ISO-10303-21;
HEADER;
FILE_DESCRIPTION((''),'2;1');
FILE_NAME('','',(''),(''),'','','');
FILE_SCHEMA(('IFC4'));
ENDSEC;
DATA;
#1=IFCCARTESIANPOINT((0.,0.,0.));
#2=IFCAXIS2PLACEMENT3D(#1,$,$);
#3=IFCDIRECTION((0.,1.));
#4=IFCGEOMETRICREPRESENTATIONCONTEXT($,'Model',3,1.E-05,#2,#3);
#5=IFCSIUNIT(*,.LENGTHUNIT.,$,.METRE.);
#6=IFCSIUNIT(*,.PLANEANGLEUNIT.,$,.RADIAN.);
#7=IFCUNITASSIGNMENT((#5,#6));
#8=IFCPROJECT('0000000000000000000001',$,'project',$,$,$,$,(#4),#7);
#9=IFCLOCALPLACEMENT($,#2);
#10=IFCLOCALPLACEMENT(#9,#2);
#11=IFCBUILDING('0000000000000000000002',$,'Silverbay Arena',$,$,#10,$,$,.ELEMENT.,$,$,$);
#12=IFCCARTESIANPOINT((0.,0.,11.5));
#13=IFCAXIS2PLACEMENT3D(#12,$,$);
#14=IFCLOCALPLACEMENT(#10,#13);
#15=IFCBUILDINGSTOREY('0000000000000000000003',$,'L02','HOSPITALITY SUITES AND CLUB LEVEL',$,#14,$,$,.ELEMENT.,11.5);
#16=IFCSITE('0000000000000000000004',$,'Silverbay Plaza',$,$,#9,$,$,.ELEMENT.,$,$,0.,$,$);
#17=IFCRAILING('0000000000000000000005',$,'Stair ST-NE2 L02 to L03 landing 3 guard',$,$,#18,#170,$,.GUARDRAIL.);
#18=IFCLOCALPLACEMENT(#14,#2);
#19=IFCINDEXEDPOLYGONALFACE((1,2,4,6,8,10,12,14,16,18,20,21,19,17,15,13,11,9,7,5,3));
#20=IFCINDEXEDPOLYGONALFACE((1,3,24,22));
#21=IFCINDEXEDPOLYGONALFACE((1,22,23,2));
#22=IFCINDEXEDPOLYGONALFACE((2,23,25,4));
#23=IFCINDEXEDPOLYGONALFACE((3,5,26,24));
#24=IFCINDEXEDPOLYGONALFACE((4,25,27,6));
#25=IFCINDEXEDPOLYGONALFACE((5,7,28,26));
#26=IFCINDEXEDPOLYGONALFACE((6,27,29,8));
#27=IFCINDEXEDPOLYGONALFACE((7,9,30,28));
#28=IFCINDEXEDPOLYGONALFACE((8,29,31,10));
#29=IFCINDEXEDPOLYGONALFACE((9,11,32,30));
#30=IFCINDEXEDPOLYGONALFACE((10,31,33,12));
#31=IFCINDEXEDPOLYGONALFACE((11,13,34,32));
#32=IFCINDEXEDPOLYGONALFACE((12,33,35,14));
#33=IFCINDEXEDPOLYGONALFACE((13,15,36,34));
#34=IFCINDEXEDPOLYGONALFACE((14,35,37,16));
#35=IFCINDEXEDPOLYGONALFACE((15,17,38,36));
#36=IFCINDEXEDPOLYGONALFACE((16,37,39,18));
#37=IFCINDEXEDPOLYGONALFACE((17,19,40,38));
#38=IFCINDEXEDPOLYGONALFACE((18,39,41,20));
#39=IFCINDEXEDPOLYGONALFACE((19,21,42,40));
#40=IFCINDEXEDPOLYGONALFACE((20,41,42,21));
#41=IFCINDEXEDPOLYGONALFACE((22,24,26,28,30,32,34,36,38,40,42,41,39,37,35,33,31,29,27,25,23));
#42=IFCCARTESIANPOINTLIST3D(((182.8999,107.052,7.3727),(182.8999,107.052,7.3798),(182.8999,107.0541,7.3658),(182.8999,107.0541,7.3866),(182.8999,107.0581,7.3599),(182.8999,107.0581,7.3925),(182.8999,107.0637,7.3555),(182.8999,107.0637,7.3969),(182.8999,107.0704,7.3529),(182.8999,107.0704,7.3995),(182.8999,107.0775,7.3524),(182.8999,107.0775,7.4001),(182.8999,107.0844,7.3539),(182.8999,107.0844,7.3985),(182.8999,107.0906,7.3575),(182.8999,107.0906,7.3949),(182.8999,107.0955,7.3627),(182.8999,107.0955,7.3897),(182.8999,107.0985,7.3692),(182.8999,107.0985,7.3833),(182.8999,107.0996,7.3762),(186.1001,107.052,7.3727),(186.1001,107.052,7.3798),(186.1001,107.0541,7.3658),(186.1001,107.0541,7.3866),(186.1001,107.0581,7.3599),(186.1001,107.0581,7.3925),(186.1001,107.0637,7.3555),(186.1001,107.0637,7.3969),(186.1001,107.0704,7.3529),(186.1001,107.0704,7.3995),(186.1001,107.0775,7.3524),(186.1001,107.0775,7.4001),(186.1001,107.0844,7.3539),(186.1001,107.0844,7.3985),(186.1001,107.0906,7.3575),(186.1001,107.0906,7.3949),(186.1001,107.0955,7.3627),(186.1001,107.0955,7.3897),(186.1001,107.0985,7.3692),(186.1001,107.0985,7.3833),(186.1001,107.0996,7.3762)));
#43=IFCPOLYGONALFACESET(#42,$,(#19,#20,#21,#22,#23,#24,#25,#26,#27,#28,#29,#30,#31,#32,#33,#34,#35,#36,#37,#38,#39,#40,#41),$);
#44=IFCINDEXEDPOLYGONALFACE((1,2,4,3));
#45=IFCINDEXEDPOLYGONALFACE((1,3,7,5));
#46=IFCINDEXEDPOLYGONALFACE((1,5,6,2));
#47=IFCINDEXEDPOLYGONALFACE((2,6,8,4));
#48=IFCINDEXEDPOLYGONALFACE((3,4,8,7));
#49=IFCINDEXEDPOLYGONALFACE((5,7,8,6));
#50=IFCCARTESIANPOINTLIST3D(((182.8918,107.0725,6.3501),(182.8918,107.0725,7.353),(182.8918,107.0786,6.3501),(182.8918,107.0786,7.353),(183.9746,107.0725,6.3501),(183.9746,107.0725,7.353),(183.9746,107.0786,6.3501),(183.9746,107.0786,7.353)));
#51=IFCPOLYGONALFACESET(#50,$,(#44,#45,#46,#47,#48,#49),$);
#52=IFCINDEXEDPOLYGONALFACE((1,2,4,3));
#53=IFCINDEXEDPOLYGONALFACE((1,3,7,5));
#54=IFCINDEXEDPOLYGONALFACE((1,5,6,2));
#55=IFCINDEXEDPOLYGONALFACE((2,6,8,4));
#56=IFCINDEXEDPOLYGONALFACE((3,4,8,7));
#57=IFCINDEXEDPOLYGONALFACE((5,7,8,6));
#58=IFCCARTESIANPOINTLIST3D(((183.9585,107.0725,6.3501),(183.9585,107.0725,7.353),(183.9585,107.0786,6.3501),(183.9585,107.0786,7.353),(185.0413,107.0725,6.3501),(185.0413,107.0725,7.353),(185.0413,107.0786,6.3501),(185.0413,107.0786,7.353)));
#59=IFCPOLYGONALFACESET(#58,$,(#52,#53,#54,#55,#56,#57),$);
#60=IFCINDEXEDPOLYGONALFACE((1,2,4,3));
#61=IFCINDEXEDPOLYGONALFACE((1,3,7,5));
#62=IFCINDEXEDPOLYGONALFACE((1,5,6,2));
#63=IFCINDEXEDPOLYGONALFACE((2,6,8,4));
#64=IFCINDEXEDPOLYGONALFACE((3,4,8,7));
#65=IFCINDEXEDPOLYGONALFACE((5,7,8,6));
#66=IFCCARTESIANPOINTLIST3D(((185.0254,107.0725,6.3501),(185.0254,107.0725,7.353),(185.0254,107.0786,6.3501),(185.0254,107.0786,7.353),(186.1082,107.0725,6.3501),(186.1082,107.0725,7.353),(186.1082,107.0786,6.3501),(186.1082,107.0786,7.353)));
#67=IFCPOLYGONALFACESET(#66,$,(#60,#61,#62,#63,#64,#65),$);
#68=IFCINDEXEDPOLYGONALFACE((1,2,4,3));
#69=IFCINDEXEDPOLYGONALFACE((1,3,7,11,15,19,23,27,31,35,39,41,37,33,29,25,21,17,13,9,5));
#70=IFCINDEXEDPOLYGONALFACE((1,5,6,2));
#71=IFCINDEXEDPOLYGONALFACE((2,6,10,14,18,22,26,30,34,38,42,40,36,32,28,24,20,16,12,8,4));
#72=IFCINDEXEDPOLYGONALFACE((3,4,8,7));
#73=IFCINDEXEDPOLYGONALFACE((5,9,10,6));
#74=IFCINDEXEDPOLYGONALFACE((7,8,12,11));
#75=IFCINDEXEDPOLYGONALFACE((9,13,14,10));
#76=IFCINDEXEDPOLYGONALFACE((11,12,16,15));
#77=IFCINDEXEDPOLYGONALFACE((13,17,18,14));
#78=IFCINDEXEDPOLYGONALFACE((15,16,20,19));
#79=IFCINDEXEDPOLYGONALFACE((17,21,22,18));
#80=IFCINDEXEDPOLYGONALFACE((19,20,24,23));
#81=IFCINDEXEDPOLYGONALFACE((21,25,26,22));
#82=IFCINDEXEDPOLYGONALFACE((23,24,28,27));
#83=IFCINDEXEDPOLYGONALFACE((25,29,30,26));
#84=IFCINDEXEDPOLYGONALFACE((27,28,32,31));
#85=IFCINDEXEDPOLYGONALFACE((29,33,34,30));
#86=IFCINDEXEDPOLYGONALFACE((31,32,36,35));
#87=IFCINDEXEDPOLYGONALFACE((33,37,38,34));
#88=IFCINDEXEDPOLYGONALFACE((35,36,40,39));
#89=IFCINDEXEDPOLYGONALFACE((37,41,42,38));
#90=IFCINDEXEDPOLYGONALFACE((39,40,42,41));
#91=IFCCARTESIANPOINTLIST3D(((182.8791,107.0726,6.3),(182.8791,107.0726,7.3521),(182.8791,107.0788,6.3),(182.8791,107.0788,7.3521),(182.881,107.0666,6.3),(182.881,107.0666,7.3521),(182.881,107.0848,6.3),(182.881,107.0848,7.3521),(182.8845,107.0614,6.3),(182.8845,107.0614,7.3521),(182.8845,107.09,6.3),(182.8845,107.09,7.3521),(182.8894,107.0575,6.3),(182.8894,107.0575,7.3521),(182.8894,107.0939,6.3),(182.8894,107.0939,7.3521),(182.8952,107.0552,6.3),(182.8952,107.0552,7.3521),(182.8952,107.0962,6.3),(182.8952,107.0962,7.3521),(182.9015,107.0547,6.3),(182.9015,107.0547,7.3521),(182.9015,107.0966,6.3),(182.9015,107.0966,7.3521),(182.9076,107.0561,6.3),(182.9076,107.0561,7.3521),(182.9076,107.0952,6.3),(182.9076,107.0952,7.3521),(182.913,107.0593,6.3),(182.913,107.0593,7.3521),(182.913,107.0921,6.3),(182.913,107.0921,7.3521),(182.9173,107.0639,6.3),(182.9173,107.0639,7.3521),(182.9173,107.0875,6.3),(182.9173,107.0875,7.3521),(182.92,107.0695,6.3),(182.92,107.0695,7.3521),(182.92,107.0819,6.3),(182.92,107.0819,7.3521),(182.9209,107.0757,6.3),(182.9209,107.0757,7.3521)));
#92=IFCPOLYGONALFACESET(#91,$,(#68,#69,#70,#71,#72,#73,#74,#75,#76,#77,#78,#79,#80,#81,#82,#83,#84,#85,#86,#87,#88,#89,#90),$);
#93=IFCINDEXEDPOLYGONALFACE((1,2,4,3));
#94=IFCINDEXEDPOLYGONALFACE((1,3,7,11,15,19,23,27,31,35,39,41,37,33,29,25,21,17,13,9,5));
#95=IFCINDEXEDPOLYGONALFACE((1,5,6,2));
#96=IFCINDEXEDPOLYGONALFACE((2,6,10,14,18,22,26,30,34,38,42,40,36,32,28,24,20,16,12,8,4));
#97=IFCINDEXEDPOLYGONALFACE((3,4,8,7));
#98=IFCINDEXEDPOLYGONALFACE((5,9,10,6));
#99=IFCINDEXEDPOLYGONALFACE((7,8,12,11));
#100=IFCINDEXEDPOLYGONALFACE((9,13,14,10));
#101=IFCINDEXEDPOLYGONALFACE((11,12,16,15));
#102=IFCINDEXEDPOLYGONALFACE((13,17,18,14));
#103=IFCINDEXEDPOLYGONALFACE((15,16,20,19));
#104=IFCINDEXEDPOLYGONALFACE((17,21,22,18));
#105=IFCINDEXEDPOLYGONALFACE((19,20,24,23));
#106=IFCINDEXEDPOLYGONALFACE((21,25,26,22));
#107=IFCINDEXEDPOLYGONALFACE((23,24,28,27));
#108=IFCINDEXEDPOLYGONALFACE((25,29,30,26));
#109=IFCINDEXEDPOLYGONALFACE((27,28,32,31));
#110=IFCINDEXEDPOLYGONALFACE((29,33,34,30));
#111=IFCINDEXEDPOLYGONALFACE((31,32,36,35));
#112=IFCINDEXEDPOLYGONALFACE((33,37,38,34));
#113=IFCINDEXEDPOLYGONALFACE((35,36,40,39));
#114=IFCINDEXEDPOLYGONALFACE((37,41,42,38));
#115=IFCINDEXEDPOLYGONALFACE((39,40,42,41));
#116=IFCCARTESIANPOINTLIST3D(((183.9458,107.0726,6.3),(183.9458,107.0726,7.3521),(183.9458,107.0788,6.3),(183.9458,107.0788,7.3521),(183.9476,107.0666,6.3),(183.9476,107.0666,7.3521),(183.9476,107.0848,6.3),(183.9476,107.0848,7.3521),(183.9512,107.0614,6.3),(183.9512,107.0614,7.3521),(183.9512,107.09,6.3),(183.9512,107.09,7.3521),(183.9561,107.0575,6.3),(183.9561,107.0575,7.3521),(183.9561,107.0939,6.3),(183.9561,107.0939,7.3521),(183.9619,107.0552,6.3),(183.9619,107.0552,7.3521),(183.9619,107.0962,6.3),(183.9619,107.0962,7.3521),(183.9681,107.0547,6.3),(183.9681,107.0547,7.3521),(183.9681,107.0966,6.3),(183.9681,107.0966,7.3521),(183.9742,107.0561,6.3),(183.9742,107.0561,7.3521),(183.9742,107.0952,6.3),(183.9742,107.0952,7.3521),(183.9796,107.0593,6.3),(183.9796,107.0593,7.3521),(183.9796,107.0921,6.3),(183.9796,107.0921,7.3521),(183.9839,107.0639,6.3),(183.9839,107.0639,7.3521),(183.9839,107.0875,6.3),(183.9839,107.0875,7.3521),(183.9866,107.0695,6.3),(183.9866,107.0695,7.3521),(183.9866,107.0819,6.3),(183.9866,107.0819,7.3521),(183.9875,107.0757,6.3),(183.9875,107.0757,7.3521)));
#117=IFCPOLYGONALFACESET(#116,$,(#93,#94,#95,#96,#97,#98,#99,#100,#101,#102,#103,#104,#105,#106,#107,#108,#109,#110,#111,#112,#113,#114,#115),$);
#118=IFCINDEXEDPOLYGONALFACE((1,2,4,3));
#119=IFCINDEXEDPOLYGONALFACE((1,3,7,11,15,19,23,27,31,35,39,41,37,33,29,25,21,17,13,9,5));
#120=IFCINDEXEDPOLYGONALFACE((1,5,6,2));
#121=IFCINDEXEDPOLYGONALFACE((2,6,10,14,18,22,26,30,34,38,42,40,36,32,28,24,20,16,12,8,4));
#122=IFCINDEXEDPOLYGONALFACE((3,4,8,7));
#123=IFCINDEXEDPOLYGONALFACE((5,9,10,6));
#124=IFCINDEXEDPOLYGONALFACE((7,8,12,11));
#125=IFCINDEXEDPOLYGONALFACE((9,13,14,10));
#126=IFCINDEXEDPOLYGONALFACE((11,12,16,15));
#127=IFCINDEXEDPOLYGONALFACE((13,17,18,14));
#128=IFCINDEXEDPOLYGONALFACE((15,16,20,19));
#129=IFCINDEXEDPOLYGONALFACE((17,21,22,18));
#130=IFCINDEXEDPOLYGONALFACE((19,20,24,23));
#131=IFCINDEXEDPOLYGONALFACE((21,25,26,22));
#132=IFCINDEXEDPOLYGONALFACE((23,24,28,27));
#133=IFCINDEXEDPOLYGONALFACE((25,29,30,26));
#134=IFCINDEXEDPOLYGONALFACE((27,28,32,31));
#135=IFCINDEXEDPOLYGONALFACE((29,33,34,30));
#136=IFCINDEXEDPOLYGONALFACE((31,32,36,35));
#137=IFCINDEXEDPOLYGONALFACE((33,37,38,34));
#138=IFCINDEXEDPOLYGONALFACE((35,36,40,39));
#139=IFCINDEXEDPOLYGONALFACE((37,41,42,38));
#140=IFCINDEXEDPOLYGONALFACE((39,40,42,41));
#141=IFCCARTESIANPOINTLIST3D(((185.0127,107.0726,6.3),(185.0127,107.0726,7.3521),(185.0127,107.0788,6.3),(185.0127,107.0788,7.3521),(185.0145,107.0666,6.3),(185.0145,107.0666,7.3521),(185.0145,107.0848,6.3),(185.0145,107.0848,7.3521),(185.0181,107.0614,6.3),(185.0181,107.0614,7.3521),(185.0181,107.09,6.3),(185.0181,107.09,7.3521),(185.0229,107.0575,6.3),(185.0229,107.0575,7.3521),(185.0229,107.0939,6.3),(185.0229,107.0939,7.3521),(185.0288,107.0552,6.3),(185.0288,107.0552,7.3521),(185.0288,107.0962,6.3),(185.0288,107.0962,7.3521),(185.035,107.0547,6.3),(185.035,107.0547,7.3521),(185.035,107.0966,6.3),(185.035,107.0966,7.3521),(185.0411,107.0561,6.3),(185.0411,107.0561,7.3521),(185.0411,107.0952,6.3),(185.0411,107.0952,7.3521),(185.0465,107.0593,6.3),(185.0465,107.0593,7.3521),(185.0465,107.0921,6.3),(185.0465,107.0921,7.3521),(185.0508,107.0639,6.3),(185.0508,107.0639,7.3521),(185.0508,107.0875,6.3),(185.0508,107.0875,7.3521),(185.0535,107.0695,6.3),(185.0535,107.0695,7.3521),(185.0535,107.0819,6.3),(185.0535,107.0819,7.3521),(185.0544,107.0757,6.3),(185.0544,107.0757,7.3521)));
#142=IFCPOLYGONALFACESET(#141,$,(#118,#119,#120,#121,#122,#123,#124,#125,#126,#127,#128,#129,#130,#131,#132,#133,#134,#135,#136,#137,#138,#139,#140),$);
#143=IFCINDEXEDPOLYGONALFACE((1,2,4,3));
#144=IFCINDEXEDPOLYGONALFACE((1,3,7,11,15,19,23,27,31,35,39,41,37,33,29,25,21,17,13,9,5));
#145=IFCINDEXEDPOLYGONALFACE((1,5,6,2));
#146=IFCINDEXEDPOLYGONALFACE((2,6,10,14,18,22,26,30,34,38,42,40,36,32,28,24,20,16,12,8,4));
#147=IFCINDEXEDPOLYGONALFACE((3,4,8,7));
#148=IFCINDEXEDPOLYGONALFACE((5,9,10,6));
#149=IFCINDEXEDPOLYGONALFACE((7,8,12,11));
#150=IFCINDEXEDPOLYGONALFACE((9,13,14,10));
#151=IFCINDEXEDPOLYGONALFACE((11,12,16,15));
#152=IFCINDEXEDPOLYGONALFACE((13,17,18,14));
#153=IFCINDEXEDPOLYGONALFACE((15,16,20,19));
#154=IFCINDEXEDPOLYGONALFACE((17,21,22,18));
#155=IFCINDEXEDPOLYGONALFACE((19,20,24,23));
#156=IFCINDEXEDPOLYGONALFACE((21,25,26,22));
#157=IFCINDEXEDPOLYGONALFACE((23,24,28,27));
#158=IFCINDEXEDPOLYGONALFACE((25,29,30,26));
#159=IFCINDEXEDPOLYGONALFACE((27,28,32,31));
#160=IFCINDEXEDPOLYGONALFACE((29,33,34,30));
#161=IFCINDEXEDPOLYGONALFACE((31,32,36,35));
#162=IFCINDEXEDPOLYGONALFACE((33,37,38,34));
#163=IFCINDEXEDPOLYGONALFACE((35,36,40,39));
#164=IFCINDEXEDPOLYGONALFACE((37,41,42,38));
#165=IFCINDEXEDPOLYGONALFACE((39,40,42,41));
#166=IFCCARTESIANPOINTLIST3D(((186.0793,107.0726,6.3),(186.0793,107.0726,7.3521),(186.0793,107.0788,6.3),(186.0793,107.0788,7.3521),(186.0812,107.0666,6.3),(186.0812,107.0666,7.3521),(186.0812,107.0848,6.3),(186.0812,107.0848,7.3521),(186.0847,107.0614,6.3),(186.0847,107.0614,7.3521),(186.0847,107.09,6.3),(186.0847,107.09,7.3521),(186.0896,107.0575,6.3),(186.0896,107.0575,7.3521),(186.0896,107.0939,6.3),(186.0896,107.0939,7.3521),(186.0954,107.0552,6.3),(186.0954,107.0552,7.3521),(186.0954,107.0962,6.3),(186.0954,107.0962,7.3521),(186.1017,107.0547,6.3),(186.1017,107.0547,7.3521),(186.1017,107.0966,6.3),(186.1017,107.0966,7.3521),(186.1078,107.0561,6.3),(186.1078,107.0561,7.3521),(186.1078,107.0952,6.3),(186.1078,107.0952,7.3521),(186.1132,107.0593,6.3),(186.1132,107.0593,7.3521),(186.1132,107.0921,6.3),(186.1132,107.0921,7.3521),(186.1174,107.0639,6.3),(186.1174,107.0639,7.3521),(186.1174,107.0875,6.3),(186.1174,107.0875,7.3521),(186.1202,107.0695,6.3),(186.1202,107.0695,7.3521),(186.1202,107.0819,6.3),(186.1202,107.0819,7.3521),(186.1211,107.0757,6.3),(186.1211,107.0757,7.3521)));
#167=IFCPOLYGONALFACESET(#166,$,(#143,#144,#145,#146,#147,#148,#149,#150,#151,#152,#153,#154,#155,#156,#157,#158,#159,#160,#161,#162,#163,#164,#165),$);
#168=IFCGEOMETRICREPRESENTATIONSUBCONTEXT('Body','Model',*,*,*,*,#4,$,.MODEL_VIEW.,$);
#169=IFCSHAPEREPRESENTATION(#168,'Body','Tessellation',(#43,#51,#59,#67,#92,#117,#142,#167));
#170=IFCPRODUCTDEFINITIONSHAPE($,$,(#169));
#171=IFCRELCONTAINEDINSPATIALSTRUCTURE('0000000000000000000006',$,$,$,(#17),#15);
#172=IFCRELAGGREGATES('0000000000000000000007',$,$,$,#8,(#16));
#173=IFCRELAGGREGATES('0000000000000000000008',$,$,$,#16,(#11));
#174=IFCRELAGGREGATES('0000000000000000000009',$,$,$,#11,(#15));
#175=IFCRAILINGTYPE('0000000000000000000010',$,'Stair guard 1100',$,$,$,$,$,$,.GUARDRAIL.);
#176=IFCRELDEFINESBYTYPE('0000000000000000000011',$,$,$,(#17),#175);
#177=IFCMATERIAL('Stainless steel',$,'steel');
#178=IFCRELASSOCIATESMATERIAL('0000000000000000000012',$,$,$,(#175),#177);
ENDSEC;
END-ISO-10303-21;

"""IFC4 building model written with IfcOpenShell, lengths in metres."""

from ifc_helpers import new_model, si_unit, direction, frame, origin, origin_2d, place, context, subcontext, project, spatial, polyline, circle, outline, extrude, material, type_object, element, save


model = new_model("IFC4")

# Units and contexts
model_context = context("Model", 3, precision=1e-05, world=origin(), true_north=direction((0.0, 1.0)))
body_context = subcontext(model_context, "Body", "Model", "MODEL_VIEW")
ifc_project = project(units=[si_unit("LENGTHUNIT", "METRE"), si_unit("PLANEANGLEUNIT", "RADIAN")], contexts=[model_context])

# Site, building, storey
site_placement = place(None, origin())
site = spatial("IfcSite", under=ifc_project, at=site_placement, Name="Silverbay Plaza", CompositionType="ELEMENT", RefElevation=0.0)
building_placement = place(site_placement, origin())
building = spatial("IfcBuilding", under=site, at=building_placement, Name="Silverbay Arena", CompositionType="ELEMENT")
storey_placement = place(building_placement, frame((0.0, 0.0, 11.5)))
storey = spatial("IfcBuildingStorey", under=building, at=storey_placement, Name="L02", Description="HOSPITALITY SUITES AND CLUB LEVEL", CompositionType="ELEMENT", Elevation=11.5)

# Railing
ifc_material_1 = material(Name="Stainless steel", Category="steel")
railing_type_1 = type_object("IfcRailingType", Name="Stair guard 1100", PredefinedType="GUARDRAIL", material=ifc_material_1)
for number, where, name in (
    (1, (182.8999, 107.0757, 6.3), "Stair ST-NE2 L02 to L03 landing 3 guard"),
):
    element("IfcRailing", number, at=place(storey_placement, frame(where)), inside=storey, type_object=railing_type_1, Name=name, PredefinedType="GUARDRAIL", context=body_context, shape_type="SweptSolid", body=[
        extrude(circle(Radius=0.0239, at=origin_2d()), frame((0.0, 0.0, 1.0762), z_axis=(1.0, 0.0, 0.0), x_axis=(0.0, 1.0, 0.0)), (0.0, 0.0, 1.0), 3.2002),
        extrude(outline(polyline([(-0.0081, 0.05), (1.0747, 0.05), (1.0747, 1.053), (-0.0081, 1.053), (-0.0081, 0.05)])), frame((0.0, 0.0029, 0.0), z_axis=(0.0, -1.0, 0.0), x_axis=(1.0, 0.0, 0.0)), (0.0, 0.0, 1.0), 0.0061),
        extrude(outline(polyline([(-0.0081, 0.05), (1.0747, 0.05), (1.0747, 1.053), (-0.0081, 1.053), (-0.0081, 0.05)])), frame((1.0667, 0.0029, 0.0), z_axis=(0.0, -1.0, 0.0), x_axis=(1.0, 0.0, 0.0)), (0.0, 0.0, 1.0), 0.0061),
        extrude(outline(polyline([(-0.0081, 0.05), (1.0747, 0.05), (1.0747, 1.053), (-0.0081, 1.053), (-0.0081, 0.05)])), frame((2.1335, 0.0029, 0.0), z_axis=(0.0, -1.0, 0.0), x_axis=(1.0, 0.0, 0.0)), (0.0, 0.0, 1.0), 0.0061),
        extrude(circle(Radius=0.021, at=origin_2d()), origin(), (0.0, 0.0, 1.0), 1.052),
        extrude(circle(Radius=0.021, at=origin_2d()), frame((1.0667, 0.0, 0.0)), (0.0, 0.0, 1.0), 1.052),
        extrude(circle(Radius=0.021, at=origin_2d()), frame((2.1335, 0.0, 0.0)), (0.0, 0.0, 1.0), 1.052),
        extrude(circle(Radius=0.021, at=origin_2d()), frame((3.2002, 0.0, 0.0)), (0.0, 0.0, 1.0), 1.052),
    ])

save(model, "model.ifc")
